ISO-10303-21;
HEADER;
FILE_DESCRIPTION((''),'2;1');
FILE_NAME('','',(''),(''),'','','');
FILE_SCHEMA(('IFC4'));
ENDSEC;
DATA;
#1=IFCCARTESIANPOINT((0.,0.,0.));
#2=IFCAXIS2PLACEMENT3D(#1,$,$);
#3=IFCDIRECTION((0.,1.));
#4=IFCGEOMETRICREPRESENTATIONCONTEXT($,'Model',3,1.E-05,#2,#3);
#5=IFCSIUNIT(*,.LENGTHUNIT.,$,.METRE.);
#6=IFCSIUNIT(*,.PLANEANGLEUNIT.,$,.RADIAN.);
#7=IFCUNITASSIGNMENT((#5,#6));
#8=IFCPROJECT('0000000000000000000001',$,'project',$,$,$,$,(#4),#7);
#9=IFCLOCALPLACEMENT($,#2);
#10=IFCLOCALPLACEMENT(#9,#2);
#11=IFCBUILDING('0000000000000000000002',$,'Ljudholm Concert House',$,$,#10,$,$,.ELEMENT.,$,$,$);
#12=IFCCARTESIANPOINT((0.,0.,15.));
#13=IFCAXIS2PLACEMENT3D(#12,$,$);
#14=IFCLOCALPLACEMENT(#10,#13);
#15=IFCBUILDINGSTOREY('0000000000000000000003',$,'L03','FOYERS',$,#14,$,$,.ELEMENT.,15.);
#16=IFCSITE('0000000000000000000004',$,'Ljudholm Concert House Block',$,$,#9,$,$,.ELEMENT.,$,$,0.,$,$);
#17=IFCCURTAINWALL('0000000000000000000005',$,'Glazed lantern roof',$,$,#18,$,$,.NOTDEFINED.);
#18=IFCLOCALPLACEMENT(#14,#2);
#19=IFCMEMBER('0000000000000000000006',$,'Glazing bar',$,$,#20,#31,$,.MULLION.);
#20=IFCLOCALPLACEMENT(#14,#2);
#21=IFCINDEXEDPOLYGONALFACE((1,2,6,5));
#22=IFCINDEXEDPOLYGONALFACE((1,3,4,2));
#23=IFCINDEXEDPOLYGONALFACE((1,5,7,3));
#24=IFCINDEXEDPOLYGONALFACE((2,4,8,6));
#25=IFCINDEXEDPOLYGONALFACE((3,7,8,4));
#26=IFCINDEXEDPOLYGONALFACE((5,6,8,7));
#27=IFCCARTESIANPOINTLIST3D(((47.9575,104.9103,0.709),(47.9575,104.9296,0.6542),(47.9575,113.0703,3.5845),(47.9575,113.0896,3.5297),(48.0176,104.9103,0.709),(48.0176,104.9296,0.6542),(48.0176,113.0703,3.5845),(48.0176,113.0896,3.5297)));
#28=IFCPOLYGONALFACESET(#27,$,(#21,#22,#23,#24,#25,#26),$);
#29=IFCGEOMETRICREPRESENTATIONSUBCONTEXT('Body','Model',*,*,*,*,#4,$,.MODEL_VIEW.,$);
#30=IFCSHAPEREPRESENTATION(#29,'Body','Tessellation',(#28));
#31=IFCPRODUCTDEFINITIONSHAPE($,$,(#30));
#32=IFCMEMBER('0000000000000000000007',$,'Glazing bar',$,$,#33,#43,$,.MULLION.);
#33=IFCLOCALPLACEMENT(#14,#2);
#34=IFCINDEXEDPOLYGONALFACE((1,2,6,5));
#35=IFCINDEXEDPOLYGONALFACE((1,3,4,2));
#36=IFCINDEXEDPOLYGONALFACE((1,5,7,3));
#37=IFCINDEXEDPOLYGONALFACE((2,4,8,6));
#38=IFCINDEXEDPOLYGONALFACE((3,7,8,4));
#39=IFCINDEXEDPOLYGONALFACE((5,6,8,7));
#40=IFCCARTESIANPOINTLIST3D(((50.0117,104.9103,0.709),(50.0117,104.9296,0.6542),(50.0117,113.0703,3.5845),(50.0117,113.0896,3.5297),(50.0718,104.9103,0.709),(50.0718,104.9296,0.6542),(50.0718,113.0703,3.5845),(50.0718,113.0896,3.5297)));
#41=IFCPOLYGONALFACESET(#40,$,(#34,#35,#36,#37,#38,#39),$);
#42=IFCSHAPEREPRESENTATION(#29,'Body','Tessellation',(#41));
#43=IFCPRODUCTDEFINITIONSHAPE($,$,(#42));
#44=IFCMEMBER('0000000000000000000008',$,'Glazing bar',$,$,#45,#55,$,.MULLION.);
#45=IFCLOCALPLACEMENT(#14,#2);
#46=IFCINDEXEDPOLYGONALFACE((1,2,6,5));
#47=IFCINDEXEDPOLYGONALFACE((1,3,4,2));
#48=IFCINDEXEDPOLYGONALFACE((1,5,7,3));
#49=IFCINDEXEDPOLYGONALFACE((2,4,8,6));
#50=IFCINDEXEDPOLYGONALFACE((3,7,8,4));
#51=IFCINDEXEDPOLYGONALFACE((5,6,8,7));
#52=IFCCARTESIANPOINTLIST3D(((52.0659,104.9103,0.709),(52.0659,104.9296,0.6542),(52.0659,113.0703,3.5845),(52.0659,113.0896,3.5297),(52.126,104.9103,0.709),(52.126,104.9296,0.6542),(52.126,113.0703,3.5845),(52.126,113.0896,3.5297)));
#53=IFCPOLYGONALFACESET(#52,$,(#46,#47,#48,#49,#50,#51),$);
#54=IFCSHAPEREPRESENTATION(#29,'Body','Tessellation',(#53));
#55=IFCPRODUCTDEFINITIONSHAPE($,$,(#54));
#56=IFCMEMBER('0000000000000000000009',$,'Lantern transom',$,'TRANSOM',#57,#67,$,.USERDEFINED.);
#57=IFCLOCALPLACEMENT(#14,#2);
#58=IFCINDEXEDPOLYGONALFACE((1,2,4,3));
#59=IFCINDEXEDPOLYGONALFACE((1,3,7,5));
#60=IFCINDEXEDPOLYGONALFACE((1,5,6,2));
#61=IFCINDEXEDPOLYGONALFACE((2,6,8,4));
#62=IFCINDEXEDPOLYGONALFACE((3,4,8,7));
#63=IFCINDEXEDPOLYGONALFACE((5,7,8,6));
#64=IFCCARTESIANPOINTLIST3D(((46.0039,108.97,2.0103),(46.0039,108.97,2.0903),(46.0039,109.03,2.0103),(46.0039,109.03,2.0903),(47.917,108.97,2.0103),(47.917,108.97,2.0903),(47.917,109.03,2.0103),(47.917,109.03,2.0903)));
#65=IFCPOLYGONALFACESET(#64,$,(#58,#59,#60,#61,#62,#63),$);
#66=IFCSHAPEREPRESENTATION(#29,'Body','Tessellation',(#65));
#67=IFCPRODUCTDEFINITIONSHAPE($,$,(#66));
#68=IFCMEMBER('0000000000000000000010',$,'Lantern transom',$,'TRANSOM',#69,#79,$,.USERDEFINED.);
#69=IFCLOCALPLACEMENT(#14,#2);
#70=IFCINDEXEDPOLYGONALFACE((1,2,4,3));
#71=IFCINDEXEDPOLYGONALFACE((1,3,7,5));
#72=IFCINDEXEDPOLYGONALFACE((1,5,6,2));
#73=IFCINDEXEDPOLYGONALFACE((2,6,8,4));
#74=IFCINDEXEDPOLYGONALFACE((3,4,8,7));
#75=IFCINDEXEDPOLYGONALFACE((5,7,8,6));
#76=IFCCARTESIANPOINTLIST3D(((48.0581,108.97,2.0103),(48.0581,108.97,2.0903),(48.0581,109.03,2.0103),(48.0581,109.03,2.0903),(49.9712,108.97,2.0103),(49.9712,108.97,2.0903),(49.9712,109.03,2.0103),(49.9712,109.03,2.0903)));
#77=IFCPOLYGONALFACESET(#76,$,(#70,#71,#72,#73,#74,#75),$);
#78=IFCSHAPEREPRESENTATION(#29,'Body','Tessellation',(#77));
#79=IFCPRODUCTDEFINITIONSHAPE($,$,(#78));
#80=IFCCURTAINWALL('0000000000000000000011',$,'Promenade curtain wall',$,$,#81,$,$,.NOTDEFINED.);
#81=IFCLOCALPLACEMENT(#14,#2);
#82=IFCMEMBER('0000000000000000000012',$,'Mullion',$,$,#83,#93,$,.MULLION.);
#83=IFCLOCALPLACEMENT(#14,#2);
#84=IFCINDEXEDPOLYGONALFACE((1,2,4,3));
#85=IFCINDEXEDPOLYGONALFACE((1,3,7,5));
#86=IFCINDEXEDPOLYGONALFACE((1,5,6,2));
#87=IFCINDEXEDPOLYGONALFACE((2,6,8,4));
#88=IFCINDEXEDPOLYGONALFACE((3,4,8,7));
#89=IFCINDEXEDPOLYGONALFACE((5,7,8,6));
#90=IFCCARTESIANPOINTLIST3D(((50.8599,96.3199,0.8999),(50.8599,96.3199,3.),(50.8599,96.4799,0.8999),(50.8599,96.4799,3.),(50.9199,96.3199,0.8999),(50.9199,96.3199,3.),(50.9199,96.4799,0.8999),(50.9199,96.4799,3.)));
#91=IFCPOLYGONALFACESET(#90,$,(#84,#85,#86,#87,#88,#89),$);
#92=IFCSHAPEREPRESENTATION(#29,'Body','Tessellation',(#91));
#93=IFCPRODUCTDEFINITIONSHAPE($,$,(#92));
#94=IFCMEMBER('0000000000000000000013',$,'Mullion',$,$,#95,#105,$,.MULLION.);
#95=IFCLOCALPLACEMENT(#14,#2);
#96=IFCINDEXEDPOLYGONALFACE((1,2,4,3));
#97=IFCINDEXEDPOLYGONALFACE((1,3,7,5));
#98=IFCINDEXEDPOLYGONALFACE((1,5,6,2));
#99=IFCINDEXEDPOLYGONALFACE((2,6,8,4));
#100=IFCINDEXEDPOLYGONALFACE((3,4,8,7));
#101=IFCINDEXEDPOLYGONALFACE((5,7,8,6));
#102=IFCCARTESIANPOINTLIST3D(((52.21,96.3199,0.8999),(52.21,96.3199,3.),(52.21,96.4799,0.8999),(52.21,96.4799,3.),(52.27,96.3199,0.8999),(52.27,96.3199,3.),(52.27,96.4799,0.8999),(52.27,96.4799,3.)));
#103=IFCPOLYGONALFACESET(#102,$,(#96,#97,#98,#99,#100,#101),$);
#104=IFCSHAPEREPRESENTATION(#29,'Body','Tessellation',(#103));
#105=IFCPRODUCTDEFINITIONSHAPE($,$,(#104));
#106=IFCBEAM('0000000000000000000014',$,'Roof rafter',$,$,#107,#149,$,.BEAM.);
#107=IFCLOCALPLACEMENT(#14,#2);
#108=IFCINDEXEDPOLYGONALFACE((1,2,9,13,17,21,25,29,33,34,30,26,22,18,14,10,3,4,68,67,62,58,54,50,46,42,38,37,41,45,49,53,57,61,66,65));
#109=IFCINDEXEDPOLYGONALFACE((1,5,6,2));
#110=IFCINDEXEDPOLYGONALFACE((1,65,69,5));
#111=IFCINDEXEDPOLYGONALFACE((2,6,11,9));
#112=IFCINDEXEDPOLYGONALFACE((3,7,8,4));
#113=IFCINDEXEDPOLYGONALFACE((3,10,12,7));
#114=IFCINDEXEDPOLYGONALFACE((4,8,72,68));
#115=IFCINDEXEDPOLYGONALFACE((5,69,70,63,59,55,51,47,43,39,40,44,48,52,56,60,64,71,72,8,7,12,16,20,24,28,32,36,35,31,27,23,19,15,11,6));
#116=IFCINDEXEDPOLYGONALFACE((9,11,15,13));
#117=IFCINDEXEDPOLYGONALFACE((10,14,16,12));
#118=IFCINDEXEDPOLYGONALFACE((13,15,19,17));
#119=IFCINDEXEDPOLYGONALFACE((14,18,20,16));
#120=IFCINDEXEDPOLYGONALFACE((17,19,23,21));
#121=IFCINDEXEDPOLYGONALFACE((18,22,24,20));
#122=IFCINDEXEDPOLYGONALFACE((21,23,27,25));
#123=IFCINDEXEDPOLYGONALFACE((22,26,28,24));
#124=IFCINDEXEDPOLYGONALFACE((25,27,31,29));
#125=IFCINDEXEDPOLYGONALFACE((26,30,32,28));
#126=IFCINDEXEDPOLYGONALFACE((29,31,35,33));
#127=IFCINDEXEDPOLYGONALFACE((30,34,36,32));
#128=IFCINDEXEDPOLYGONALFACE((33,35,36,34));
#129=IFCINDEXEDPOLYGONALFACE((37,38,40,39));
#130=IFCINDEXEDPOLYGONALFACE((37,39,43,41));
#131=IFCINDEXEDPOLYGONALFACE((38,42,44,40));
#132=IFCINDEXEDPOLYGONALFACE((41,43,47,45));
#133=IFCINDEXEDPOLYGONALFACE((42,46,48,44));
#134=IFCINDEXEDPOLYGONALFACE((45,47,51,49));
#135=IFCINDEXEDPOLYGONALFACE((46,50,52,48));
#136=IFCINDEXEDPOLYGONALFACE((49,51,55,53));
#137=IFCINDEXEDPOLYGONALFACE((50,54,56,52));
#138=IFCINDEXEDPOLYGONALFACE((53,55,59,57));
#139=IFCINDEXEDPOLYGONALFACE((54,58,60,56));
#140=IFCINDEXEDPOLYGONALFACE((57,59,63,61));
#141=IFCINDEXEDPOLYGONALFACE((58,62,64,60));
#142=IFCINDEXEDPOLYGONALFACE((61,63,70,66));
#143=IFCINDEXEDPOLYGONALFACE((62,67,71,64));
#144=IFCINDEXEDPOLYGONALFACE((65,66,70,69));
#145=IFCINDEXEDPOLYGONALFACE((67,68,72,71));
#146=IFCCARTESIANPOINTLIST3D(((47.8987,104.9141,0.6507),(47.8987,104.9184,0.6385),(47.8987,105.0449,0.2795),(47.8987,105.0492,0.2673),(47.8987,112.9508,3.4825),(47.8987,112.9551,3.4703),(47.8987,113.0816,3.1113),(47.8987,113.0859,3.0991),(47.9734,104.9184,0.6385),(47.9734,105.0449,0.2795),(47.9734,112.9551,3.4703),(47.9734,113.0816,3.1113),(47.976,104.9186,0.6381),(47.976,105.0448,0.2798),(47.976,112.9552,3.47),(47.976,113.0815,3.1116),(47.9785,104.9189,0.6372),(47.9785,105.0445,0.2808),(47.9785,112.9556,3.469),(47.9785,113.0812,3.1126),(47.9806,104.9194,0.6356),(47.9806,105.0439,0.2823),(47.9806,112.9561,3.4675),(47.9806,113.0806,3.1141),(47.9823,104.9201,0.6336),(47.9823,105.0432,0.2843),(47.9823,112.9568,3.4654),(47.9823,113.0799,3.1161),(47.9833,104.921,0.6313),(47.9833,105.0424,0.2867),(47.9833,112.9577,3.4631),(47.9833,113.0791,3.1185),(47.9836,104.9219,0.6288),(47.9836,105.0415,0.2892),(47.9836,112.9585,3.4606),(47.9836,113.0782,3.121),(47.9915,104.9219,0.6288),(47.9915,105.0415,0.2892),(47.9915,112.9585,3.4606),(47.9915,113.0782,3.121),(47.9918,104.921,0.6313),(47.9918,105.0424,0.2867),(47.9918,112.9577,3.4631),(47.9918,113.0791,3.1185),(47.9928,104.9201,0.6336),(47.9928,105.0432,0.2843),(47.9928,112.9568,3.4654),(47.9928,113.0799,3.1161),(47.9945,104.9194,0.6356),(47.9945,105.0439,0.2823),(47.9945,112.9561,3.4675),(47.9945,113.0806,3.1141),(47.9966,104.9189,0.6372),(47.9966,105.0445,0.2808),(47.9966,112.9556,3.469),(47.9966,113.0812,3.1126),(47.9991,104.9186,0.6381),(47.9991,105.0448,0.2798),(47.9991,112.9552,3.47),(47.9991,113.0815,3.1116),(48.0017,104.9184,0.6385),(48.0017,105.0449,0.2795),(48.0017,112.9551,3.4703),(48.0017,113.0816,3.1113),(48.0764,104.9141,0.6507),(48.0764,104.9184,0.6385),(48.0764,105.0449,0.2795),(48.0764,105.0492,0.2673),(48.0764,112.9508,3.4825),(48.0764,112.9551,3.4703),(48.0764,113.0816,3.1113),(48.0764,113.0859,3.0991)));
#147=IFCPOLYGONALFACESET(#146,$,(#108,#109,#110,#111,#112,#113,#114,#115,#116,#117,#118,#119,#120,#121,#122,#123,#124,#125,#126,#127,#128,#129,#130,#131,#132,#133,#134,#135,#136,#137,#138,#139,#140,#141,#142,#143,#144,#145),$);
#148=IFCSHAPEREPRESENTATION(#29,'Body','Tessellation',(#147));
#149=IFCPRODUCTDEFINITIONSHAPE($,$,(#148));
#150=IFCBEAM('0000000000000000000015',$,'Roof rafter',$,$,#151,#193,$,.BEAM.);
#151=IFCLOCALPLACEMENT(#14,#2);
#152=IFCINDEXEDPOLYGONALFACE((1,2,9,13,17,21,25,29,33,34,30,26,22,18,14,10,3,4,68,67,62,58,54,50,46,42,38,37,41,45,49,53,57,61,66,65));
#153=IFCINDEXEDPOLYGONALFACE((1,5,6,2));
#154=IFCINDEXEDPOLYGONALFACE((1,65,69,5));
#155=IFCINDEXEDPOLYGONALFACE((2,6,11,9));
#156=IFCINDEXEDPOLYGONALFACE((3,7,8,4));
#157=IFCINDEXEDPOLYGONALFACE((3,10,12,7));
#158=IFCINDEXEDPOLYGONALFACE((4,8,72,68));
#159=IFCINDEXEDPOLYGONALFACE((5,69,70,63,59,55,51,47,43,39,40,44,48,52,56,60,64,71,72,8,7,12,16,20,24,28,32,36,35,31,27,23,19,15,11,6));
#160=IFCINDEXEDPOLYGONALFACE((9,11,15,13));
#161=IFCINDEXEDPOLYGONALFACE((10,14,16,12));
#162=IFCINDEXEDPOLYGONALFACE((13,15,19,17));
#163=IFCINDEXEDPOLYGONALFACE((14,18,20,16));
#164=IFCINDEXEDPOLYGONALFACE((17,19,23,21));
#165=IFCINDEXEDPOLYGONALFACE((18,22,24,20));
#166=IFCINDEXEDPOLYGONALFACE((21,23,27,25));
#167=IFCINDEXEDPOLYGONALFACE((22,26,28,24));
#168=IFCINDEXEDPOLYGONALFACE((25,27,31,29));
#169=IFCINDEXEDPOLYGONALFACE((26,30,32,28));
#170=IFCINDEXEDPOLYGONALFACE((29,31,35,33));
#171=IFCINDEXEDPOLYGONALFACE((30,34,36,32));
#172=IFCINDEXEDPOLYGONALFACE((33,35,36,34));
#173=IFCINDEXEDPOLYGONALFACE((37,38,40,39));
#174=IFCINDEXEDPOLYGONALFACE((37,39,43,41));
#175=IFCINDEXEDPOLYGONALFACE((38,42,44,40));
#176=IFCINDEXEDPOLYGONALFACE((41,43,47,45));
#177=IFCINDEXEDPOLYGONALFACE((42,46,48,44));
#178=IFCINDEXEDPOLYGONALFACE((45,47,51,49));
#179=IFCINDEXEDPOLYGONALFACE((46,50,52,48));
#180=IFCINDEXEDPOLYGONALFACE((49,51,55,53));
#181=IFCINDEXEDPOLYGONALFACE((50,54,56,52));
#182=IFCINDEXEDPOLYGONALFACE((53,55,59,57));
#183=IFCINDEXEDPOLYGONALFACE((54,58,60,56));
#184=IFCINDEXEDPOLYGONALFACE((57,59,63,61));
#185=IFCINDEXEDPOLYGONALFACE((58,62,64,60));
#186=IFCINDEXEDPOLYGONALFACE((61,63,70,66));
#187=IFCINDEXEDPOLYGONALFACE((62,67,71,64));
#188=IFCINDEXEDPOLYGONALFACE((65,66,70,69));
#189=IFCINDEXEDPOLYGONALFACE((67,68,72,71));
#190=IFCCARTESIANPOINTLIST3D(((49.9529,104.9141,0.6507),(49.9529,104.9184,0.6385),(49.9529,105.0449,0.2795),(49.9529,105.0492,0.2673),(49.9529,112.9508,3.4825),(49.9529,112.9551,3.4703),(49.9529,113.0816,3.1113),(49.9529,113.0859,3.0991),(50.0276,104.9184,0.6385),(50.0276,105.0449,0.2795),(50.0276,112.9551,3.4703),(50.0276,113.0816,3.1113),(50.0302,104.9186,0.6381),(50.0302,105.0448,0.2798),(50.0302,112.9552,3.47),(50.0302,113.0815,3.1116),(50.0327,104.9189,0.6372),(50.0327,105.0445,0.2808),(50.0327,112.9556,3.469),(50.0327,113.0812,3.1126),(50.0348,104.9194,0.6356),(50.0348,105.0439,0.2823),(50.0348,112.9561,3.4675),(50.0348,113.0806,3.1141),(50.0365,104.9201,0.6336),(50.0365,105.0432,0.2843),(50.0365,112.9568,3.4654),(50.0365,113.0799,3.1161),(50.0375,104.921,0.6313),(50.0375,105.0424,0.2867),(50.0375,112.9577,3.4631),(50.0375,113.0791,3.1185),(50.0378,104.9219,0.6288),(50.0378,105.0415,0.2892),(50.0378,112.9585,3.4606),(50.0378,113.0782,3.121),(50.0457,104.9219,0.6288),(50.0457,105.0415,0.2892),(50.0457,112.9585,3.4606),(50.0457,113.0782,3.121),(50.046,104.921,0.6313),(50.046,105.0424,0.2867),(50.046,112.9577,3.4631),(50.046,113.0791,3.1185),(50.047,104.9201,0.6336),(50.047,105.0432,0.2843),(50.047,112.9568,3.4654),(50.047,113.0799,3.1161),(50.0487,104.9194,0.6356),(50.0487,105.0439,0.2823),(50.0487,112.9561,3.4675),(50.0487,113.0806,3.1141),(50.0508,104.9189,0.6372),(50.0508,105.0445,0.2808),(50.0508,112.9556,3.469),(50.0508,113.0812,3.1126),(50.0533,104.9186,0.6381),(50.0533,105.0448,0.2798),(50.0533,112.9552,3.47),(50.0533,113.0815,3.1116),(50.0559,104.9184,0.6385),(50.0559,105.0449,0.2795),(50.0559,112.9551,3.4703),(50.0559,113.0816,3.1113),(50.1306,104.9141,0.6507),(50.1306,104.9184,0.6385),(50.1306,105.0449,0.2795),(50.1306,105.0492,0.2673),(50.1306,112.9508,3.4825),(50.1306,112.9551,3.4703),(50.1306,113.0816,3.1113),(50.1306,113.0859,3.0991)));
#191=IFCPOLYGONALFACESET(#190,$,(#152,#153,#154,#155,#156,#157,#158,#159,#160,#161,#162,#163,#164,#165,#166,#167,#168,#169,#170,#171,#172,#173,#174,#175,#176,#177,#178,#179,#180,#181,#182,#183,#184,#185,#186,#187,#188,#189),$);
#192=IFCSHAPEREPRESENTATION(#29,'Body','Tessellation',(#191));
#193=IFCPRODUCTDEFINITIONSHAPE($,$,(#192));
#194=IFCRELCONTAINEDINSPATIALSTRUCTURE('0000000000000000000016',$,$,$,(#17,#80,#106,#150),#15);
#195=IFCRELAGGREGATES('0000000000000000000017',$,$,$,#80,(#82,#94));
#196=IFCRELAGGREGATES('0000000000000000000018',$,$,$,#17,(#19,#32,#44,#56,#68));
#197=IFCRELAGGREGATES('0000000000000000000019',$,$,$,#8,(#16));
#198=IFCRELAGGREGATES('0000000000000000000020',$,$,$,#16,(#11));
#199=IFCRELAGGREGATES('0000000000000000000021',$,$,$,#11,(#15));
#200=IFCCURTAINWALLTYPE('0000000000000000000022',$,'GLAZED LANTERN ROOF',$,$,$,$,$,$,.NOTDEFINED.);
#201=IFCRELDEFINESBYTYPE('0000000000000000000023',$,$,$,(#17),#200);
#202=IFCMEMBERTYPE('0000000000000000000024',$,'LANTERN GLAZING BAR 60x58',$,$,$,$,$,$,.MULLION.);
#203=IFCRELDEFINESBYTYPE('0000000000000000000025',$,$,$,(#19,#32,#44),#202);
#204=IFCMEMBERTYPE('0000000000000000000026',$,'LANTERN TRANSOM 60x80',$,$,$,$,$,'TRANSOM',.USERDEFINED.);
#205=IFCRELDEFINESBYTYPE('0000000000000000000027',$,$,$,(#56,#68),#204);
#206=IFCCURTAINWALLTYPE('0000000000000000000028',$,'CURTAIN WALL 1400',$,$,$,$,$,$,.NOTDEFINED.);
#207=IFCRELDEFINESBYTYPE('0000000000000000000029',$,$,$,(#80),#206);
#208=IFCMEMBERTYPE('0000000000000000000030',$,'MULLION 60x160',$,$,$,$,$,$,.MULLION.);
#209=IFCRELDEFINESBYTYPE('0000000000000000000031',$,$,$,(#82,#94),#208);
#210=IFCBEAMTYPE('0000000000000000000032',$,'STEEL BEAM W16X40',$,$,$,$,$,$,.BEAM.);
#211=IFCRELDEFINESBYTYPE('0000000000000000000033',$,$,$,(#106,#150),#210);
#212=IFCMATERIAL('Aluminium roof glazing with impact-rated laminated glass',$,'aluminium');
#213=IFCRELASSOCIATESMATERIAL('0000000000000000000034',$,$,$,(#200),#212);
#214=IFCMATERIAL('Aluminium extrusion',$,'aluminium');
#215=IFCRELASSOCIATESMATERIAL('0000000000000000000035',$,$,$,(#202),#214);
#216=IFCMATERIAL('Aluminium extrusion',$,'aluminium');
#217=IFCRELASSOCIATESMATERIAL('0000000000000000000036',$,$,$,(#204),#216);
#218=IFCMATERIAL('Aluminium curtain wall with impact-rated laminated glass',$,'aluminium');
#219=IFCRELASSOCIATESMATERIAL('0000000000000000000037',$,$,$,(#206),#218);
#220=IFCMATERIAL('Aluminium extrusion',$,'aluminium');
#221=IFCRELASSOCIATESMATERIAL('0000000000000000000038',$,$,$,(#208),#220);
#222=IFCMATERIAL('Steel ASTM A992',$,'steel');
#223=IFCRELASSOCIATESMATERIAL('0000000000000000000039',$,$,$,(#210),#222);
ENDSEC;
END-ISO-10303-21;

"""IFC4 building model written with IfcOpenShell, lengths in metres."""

from ifc_helpers import new_model, si_unit, direction, frame, origin, origin_2d, place, context, subcontext, project, spatial, rectangle, i_section, extrude, material, material_profile, profile_set, type_object, element, aggregate, save


model = new_model("IFC4")

# Units and contexts
model_context = context("Model", 3, precision=1e-05, world=origin(), true_north=direction((0.0, 1.0)))
body_context = subcontext(model_context, "Body", "Model", "MODEL_VIEW")
ifc_project = project(units=[si_unit("LENGTHUNIT", "METRE"), si_unit("PLANEANGLEUNIT", "RADIAN")], contexts=[model_context])

# Site, building, storey
site_placement = place(None, origin())
site = spatial("IfcSite", under=ifc_project, at=site_placement, Name="Ljudholm Concert House Block", CompositionType="ELEMENT", RefElevation=0.0)
building_placement = place(site_placement, origin())
building = spatial("IfcBuilding", under=site, at=building_placement, Name="Ljudholm Concert House", CompositionType="ELEMENT")
storey_placement = place(building_placement, frame((0.0, 0.0, 15.0)))
storey = spatial("IfcBuildingStorey", under=building, at=storey_placement, Name="L03", Description="FOYERS", CompositionType="ELEMENT", Elevation=15.0)

# Curtain walls, members
ifc_material_1 = material(Name="Aluminium roof glazing with impact-rated laminated glass", Category="aluminium")
curtain_wall_type_1 = type_object("IfcCurtainWallType", Name="GLAZED LANTERN ROOF", PredefinedType="NOTDEFINED", material=ifc_material_1)
curtain_wall_1_placement = place(storey_placement, origin())
curtain_wall_1 = element("IfcCurtainWall", 1, at=curtain_wall_1_placement, inside=storey, type_object=curtain_wall_type_1, Name="Glazed lantern roof", PredefinedType="NOTDEFINED")
ifc_material_2 = material(Name="Aluminium extrusion", Category="aluminium")
ifc_material_profile_1 = material_profile(ifc_material_2, rectangle(XDim=0.0601, YDim=0.0581, at=origin_2d()), Name="LANTERN GLAZING BAR 60x58")
ifc_profile_set_1 = profile_set([ifc_material_profile_1], Name="Aluminium extrusion")
member_type_1 = type_object("IfcMemberType", Name="LANTERN GLAZING BAR 60x58", PredefinedType="MULLION", material=ifc_profile_set_1)
member_1_placement = place(storey_placement, frame((47.9875, 104.9199, 0.6816), z_axis=(0.0, 0.943156, 0.332351), x_axis=(-1.0, 0.0, 0.0)))
member_1 = element("IfcMember", 2, at=member_1_placement, type_object=member_type_1, Name="Glazing bar", PredefinedType="MULLION", context=body_context, shape_type="SweptSolid", body=[
    extrude(rectangle(XDim=0.0601, YDim=0.0581, at=origin_2d()), origin(), (0.0, 0.0, 1.0), 8.6519),
])
member_2_placement = place(storey_placement, frame((50.0417, 104.9199, 0.6816), z_axis=(0.0, 0.943156, 0.332351), x_axis=(-1.0, 0.0, 0.0)))
member_2 = element("IfcMember", 3, at=member_2_placement, type_object=member_type_1, Name="Glazing bar", PredefinedType="MULLION", context=body_context, shape_type="SweptSolid", body=[
    extrude(rectangle(XDim=0.0601, YDim=0.0581, at=origin_2d()), origin(), (0.0, 0.0, 1.0), 8.6519),
])
member_3_placement = place(storey_placement, frame((52.0959, 104.9199, 0.6816), z_axis=(0.0, 0.943156, 0.332351), x_axis=(-1.0, 0.0, 0.0)))
member_3 = element("IfcMember", 4, at=member_3_placement, type_object=member_type_1, Name="Glazing bar", PredefinedType="MULLION", context=body_context, shape_type="SweptSolid", body=[
    extrude(rectangle(XDim=0.0601, YDim=0.0581, at=origin_2d()), origin(), (0.0, 0.0, 1.0), 8.6519),
])
ifc_material_3 = material(Name="Aluminium extrusion", Category="aluminium")
ifc_material_profile_2 = material_profile(ifc_material_3, rectangle(XDim=0.0601, YDim=0.0801, at=origin_2d()), Name="LANTERN TRANSOM 60x80")
ifc_profile_set_2 = profile_set([ifc_material_profile_2], Name="Aluminium extrusion")
member_type_2 = type_object("IfcMemberType", Name="LANTERN TRANSOM 60x80", ElementType="TRANSOM", PredefinedType="USERDEFINED", material=ifc_profile_set_2)
member_4_placement = place(storey_placement, frame((46.0039, 109.0, 2.0503), z_axis=(1.0, 0.0, 0.0), x_axis=(0.0, 1.0, 0.0)))
member_4 = element("IfcMember", 5, at=member_4_placement, type_object=member_type_2, Name="Lantern transom", ObjectType="TRANSOM", PredefinedType="USERDEFINED", context=body_context, shape_type="SweptSolid", body=[
    extrude(rectangle(XDim=0.0601, YDim=0.0801, at=origin_2d()), origin(), (0.0, 0.0, 1.0), 1.9131),
])
member_5_placement = place(storey_placement, frame((48.0581, 109.0, 2.0503), z_axis=(1.0, 0.0, 0.0), x_axis=(0.0, 1.0, 0.0)))
member_5 = element("IfcMember", 6, at=member_5_placement, type_object=member_type_2, Name="Lantern transom", ObjectType="TRANSOM", PredefinedType="USERDEFINED", context=body_context, shape_type="SweptSolid", body=[
    extrude(rectangle(XDim=0.0601, YDim=0.0801, at=origin_2d()), origin(), (0.0, 0.0, 1.0), 1.9131),
])
ifc_material_4 = material(Name="Aluminium curtain wall with impact-rated laminated glass", Category="aluminium")
curtain_wall_type_2 = type_object("IfcCurtainWallType", Name="CURTAIN WALL 1400", PredefinedType="NOTDEFINED", material=ifc_material_4)
curtain_wall_2_placement = place(storey_placement, origin())
curtain_wall_2 = element("IfcCurtainWall", 7, at=curtain_wall_2_placement, inside=storey, type_object=curtain_wall_type_2, Name="Promenade curtain wall", PredefinedType="NOTDEFINED")
ifc_material_5 = material(Name="Aluminium extrusion", Category="aluminium")
ifc_material_profile_3 = material_profile(ifc_material_5, rectangle(XDim=0.1599, YDim=0.0601, at=origin_2d()), Name="MULLION 60x160")
ifc_profile_set_3 = profile_set([ifc_material_profile_3], Name="Aluminium extrusion")
member_type_3 = type_object("IfcMemberType", Name="MULLION 60x160", PredefinedType="MULLION", material=ifc_profile_set_3)
member_6_placement = place(storey_placement, frame((50.8899, 96.3999, 0.8999), z_axis=(0.0, 0.0, 1.0), x_axis=(0.0, 1.0, 0.0)))
member_6 = element("IfcMember", 8, at=member_6_placement, type_object=member_type_3, Name="Mullion", PredefinedType="MULLION", context=body_context, shape_type="SweptSolid", body=[
    extrude(rectangle(XDim=0.1599, YDim=0.0601, at=origin_2d()), origin(), (0.0, 0.0, 1.0), 2.1001),
])
member_7_placement = place(storey_placement, frame((52.24, 96.3999, 0.8999), z_axis=(0.0, 0.0, 1.0), x_axis=(0.0, 1.0, 0.0)))
member_7 = element("IfcMember", 9, at=member_7_placement, type_object=member_type_3, Name="Mullion", PredefinedType="MULLION", context=body_context, shape_type="SweptSolid", body=[
    extrude(rectangle(XDim=0.1599, YDim=0.0601, at=origin_2d()), origin(), (0.0, 0.0, 1.0), 2.1001),
])

# Beams
ifc_material_6 = material(Name="Steel ASTM A992", Category="steel")
ifc_material_profile_4 = material_profile(ifc_material_6, i_section(OverallWidth=0.1777, OverallDepth=0.4065, WebThickness=0.0078, FlangeThickness=0.0129, FilletRadius=0.0103, at=origin_2d()), Name="W16X40")
ifc_profile_set_4 = profile_set([ifc_material_profile_4], Name="Steel ASTM A992")
beam_type_1 = type_object("IfcBeamType", Name="STEEL BEAM W16X40", PredefinedType="BEAM", material=ifc_profile_set_4)
for number, where, z_axis, x_axis, name in (
    (10, (47.9875, 104.9817, 0.459), (0.0, 0.943162, 0.332333), (-1.0, 0.0, 0.0), "Roof rafter"),
    (11, (50.0417, 104.9817, 0.459), (0.0, 0.943162, 0.332333), (-1.0, 0.0, 0.0), "Roof rafter"),
):
    element("IfcBeam", number, at=place(storey_placement, frame(where, z_axis=z_axis, x_axis=x_axis)), inside=storey, type_object=beam_type_1, Name=name, PredefinedType="BEAM", context=body_context, shape_type="SweptSolid", body=[
        extrude(i_section(OverallWidth=0.1777, OverallDepth=0.4065, WebThickness=0.0078, FlangeThickness=0.0129, FilletRadius=0.0103, at=origin_2d()), origin(), (0.0, 0.0, 1.0), 8.521),
    ])

aggregate(curtain_wall_2, [member_6, member_7])
aggregate(curtain_wall_1, [member_1, member_2, member_3, member_4, member_5])

save(model, "model.ifc")
